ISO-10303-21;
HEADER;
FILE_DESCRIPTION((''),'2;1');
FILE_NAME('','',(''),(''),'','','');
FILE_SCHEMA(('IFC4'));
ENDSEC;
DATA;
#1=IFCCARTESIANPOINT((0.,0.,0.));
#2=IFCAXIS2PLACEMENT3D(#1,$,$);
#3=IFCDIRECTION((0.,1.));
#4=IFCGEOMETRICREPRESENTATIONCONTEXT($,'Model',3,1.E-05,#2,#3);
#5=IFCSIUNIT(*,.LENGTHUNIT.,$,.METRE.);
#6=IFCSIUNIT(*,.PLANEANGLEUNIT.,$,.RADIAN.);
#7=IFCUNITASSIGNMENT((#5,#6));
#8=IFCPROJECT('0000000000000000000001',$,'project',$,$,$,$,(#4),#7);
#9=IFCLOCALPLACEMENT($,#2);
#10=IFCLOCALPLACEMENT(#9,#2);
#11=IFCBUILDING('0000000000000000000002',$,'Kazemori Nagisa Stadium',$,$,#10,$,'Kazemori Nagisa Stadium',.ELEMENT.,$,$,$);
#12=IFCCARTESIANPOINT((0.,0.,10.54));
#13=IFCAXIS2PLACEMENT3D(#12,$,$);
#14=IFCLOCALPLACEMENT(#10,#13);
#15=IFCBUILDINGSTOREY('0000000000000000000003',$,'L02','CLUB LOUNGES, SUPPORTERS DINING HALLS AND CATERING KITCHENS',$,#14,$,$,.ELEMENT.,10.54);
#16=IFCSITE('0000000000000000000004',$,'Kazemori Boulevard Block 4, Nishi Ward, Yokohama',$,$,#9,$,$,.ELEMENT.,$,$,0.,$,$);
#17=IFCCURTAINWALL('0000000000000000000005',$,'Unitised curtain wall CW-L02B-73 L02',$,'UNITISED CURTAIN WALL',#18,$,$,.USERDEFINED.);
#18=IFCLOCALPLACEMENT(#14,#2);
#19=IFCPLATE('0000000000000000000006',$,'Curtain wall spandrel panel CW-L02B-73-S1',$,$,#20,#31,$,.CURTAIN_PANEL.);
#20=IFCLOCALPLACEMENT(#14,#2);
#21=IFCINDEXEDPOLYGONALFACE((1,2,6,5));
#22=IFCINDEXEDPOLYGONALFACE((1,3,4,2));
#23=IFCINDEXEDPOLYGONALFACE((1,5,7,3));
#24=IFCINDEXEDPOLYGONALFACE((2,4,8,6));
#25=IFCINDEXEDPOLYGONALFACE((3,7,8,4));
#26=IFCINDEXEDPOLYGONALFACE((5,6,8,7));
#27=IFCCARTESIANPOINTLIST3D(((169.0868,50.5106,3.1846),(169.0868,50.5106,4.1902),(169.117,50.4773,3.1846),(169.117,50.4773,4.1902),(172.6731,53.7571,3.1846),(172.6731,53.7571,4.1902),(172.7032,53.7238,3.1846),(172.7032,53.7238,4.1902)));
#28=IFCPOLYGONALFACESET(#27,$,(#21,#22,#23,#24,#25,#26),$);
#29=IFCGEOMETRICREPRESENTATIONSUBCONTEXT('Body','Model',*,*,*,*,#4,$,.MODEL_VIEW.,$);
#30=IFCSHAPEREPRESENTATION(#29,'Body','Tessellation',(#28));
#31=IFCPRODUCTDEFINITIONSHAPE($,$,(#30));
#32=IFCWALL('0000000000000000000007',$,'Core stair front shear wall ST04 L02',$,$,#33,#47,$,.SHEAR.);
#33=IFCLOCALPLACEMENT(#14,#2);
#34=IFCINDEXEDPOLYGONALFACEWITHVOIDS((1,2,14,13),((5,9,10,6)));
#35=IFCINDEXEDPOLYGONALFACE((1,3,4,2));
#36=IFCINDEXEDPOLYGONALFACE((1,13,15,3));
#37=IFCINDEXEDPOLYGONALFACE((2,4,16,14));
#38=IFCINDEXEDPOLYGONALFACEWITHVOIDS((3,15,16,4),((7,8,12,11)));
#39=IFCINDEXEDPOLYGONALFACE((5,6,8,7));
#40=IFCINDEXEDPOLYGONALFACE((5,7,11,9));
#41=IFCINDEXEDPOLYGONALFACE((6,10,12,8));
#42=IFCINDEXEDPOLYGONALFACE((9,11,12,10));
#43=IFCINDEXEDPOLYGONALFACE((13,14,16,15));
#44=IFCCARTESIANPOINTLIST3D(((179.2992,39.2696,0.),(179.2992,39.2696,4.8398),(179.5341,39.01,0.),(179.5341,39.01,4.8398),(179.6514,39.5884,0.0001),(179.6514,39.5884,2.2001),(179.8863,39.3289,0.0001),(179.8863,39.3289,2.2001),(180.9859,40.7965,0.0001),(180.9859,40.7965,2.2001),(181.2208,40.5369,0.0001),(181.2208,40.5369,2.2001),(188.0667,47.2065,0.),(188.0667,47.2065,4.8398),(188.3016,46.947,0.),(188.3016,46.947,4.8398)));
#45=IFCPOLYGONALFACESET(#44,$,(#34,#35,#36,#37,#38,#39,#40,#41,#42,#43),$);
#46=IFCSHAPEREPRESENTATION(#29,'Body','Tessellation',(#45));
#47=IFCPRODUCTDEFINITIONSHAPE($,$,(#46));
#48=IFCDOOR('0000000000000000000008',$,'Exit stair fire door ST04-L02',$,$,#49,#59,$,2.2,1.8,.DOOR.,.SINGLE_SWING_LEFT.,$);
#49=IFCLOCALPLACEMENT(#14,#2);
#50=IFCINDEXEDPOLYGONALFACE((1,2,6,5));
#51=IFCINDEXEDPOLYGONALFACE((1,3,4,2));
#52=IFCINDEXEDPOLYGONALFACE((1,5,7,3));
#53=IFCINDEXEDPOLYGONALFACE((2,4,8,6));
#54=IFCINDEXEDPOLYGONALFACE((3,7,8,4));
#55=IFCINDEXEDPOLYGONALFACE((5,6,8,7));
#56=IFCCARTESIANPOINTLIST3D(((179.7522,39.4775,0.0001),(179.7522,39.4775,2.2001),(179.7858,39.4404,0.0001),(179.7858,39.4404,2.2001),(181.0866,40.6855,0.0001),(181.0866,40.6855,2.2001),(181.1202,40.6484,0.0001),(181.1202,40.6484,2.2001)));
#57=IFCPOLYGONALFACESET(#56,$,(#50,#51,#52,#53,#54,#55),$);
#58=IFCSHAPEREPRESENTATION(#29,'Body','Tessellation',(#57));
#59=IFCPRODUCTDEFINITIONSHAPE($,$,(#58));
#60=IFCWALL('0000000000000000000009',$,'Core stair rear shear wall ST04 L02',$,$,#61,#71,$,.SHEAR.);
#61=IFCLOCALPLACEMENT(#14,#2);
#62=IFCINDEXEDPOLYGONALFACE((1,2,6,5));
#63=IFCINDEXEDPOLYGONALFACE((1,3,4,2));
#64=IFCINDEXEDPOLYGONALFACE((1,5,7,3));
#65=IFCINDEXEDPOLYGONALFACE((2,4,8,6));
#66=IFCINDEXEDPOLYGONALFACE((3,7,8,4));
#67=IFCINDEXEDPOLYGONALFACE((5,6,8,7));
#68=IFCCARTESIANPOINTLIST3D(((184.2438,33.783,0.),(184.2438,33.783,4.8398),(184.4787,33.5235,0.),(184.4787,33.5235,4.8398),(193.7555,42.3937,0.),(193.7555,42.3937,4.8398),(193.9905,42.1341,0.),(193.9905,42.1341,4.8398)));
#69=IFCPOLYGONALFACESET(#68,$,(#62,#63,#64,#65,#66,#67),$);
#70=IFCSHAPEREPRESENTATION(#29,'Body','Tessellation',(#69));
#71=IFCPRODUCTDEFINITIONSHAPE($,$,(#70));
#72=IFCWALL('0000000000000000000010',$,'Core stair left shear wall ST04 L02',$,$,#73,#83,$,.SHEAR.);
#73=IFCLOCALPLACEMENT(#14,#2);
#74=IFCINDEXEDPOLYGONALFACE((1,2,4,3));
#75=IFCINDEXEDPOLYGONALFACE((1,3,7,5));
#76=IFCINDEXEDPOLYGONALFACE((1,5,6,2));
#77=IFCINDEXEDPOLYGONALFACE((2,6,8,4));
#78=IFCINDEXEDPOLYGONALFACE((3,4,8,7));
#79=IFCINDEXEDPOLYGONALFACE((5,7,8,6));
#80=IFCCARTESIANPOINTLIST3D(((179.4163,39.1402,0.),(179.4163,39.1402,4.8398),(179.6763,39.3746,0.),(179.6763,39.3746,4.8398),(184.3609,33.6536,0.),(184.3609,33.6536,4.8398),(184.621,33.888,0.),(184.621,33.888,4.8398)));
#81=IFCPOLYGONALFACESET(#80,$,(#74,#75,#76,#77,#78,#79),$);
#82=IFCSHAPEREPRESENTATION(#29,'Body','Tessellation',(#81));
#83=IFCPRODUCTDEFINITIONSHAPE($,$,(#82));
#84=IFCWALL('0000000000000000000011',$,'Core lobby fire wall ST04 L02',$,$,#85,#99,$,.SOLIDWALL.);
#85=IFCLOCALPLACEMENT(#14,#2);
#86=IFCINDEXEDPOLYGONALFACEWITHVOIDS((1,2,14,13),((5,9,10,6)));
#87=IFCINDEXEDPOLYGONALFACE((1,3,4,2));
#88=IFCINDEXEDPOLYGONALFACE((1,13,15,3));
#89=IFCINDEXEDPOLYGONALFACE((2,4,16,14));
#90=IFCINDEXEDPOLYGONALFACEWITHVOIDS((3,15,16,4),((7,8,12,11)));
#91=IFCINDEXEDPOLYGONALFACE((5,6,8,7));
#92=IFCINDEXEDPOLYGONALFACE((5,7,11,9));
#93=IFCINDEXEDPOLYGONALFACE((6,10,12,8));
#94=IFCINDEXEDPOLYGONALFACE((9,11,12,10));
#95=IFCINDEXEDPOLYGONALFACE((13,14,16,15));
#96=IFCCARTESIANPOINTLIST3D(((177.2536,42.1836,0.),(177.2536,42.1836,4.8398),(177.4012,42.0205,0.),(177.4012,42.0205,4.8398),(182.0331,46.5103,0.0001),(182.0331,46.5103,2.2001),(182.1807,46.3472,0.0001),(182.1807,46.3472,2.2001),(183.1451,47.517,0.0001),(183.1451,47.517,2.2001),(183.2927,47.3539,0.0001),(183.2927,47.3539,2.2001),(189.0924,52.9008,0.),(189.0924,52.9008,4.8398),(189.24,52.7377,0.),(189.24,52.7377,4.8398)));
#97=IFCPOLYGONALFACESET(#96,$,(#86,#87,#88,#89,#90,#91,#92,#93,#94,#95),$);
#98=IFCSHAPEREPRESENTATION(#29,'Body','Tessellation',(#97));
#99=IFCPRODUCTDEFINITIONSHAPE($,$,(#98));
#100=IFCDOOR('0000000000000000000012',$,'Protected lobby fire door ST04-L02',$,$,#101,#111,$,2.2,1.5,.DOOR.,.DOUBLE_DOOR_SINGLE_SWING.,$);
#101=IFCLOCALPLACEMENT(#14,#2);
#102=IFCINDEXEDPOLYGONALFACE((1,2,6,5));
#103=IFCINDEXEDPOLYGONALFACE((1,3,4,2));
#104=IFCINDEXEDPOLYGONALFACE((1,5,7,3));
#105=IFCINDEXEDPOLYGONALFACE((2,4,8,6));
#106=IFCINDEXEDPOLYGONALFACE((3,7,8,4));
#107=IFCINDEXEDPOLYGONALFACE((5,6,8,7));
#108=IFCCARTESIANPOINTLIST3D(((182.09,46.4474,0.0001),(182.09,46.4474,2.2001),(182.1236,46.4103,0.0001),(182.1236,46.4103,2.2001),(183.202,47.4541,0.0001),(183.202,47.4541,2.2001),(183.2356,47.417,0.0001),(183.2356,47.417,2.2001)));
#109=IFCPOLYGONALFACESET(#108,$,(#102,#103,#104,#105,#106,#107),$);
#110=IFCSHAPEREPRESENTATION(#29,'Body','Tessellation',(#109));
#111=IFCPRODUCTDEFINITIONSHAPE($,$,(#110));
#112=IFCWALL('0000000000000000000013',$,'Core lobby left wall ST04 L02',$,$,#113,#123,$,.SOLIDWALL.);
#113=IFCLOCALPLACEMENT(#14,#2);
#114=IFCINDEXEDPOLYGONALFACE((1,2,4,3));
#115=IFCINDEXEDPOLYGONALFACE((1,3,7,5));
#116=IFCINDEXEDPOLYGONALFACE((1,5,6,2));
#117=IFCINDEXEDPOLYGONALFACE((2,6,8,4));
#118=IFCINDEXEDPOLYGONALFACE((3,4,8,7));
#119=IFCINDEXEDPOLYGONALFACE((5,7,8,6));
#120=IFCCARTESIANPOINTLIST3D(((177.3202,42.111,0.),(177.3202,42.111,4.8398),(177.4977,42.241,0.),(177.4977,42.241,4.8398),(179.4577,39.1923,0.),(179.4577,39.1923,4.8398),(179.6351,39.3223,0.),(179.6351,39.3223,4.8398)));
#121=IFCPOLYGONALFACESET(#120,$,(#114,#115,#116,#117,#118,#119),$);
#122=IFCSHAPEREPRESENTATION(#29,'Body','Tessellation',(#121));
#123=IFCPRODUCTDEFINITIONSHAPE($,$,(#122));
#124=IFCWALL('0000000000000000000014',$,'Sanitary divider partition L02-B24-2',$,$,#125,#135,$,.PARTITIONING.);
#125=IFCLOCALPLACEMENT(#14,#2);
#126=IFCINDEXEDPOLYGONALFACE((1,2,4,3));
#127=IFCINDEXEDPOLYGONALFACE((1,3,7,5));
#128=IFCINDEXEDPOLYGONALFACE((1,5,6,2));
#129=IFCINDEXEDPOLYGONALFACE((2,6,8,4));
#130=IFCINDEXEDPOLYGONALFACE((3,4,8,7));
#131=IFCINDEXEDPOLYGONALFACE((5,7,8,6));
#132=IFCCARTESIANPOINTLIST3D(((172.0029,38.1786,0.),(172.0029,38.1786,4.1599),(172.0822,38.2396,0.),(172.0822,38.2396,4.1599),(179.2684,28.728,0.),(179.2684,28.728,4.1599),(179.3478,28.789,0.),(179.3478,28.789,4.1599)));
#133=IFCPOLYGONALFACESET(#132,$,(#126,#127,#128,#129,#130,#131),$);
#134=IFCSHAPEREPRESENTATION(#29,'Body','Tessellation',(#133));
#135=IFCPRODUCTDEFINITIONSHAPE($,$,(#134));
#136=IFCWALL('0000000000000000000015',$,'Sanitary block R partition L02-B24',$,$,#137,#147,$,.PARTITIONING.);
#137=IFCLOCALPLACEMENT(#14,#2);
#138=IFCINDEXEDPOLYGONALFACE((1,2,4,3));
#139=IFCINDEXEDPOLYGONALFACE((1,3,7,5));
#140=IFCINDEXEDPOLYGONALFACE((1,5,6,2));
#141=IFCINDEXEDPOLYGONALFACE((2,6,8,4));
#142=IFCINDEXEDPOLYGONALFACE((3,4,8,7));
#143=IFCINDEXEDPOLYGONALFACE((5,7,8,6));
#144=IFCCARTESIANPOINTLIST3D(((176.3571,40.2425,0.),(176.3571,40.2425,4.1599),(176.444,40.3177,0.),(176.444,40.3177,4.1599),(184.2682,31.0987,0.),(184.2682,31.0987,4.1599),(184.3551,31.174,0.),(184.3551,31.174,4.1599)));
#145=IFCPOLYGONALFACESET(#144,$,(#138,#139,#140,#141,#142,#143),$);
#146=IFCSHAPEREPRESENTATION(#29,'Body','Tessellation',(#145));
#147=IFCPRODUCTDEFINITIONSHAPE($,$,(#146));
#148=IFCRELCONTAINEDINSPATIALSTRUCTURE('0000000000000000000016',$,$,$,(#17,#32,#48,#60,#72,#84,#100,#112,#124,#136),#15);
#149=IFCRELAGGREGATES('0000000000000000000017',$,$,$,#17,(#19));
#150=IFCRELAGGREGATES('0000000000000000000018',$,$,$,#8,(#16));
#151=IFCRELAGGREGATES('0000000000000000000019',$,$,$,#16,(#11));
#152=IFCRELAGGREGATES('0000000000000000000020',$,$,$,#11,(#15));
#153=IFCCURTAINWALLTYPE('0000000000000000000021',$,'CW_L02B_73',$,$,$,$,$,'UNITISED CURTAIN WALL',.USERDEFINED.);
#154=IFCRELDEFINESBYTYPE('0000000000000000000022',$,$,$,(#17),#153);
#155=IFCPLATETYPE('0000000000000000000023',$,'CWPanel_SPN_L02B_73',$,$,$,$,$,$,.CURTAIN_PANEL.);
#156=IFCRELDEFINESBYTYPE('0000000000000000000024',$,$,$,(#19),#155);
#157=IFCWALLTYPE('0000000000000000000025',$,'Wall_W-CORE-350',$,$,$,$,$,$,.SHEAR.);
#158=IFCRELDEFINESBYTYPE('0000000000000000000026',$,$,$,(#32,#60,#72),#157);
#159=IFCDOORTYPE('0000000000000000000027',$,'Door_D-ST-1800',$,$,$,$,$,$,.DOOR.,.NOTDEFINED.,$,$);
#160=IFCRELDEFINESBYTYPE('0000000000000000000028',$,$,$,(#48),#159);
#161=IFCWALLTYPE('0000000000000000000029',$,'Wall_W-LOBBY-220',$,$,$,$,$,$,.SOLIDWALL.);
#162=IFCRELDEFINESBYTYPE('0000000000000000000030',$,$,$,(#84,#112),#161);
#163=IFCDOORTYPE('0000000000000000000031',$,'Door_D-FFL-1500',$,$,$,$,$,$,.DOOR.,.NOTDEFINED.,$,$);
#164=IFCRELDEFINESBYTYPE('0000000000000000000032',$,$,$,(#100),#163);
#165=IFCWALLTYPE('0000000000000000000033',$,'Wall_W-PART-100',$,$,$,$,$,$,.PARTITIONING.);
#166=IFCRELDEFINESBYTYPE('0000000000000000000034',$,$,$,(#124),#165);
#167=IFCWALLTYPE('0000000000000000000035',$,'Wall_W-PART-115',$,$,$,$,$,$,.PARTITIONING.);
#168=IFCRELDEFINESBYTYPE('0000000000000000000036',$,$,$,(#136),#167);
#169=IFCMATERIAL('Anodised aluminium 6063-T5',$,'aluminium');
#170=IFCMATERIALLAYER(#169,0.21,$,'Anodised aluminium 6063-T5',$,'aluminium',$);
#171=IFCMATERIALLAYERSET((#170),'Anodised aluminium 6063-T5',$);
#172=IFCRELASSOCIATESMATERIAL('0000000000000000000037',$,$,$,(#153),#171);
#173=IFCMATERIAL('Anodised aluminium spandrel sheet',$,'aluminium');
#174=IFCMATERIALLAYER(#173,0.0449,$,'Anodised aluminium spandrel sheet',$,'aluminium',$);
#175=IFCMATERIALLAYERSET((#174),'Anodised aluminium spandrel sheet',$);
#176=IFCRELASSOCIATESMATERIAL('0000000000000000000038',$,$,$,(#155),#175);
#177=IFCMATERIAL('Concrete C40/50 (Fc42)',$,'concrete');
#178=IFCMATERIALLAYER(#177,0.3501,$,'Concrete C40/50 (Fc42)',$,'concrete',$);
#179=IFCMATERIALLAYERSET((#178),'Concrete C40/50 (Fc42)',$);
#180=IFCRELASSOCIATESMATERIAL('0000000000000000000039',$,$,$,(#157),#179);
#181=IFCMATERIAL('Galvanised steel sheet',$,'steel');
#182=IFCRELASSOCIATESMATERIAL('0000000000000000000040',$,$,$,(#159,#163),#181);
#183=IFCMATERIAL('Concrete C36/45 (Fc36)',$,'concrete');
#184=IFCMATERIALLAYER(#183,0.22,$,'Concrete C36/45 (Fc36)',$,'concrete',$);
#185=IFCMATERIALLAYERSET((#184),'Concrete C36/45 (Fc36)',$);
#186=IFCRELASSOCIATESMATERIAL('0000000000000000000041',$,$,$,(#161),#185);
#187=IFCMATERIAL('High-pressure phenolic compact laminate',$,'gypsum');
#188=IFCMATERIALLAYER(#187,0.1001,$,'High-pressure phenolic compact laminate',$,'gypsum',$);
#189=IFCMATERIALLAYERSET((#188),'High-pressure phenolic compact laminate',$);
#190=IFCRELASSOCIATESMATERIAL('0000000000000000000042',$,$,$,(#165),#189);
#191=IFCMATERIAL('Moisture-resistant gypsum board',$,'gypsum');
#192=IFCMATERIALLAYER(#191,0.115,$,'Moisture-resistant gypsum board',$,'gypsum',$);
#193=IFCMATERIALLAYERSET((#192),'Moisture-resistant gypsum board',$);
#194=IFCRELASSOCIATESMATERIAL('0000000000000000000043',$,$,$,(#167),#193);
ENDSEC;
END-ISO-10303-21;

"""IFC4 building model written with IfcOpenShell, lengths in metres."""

from ifc_helpers import new_model, si_unit, direction, frame, frame_2d, origin, origin_2d, place, context, subcontext, project, spatial, rectangle, extrude, material, layer, layer_set, type_object, element, fill, aggregate, save


model = new_model("IFC4")

# Units and contexts
model_context = context("Model", 3, precision=1e-05, world=origin(), true_north=direction((0.0, 1.0)))
body_context = subcontext(model_context, "Body", "Model", "MODEL_VIEW")
ifc_project = project(units=[si_unit("LENGTHUNIT", "METRE"), si_unit("PLANEANGLEUNIT", "RADIAN")], contexts=[model_context])

# Site, building, storey
site_placement = place(None, origin())
site = spatial("IfcSite", under=ifc_project, at=site_placement, Name="Kazemori Boulevard Block 4, Nishi Ward, Yokohama", CompositionType="ELEMENT", RefElevation=0.0)
building_placement = place(site_placement, origin())
building = spatial("IfcBuilding", under=site, at=building_placement, Name="Kazemori Nagisa Stadium", LongName="Kazemori Nagisa Stadium", CompositionType="ELEMENT")
storey_placement = place(building_placement, frame((0.0, 0.0, 10.54)))
storey = spatial("IfcBuildingStorey", under=building, at=storey_placement, Name="L02", Description="CLUB LOUNGES, SUPPORTERS DINING HALLS AND CATERING KITCHENS", CompositionType="ELEMENT", Elevation=10.54)

# Shared definitions
ifc_material_1 = material(Name="Concrete C40/50 (Fc42)", Category="concrete")

# Curtain wall, plate
ifc_material_2 = material(Name="Anodised aluminium 6063-T5", Category="aluminium")
ifc_layer_1 = layer(ifc_material_2, 0.21, Name="Anodised aluminium 6063-T5", Category="aluminium")
ifc_layer_set_1 = layer_set([ifc_layer_1], Name="Anodised aluminium 6063-T5")
curtain_wall_type = type_object("IfcCurtainWallType", Name="CW_L02B_73", ElementType="UNITISED CURTAIN WALL", PredefinedType="USERDEFINED", material=ifc_layer_set_1)
curtain_wall_placement = place(storey_placement, origin())
curtain_wall = element("IfcCurtainWall", 1, at=curtain_wall_placement, inside=storey, type_object=curtain_wall_type, Name="Unitised curtain wall CW-L02B-73 L02", ObjectType="UNITISED CURTAIN WALL", PredefinedType="USERDEFINED")
ifc_material_3 = material(Name="Anodised aluminium spandrel sheet", Category="aluminium")
ifc_layer_2 = layer(ifc_material_3, 0.0449, Name="Anodised aluminium spandrel sheet", Category="aluminium")
ifc_layer_set_2 = layer_set([ifc_layer_2], Name="Anodised aluminium spandrel sheet")
plate_type = type_object("IfcPlateType", Name="CWPanel_SPN_L02B_73", PredefinedType="CURTAIN_PANEL", material=ifc_layer_set_2)
plate_placement = place(storey_placement, frame((170.895, 52.1172, 3.1846), z_axis=(0.0, 0.0, 1.0), x_axis=(0.741351, 0.671118, 0.0)))
plate = element("IfcPlate", 2, at=plate_placement, type_object=plate_type, Name="Curtain wall spandrel panel CW-L02B-73-S1", PredefinedType="CURTAIN_PANEL", context=body_context, shape_type="SweptSolid", body=[
    extrude(rectangle(XDim=4.8374, YDim=0.0449, at=origin_2d()), origin(), (0.0, 0.0, 1.0), 1.0056),
])
aggregate(curtain_wall, [plate])

# Wall, opening, door
ifc_layer_3 = layer(ifc_material_1, 0.3501, Name="Concrete C40/50 (Fc42)", Category="concrete")
ifc_layer_set_3 = layer_set([ifc_layer_3], Name="Concrete C40/50 (Fc42)")
wall_type_1 = type_object("IfcWallType", Name="Wall_W-CORE-350", PredefinedType="SHEAR", material=ifc_layer_set_3)
wall_1_placement = place(storey_placement, frame((179.4167, 39.1399, 0.0), z_axis=(0.0, 0.0, 1.0), x_axis=(0.741349, 0.67112, 0.0)))
wall_1 = element("IfcWall", 3, at=wall_1_placement, inside=storey, type_object=wall_type_1, Name="Core stair front shear wall ST04 L02", PredefinedType="SHEAR", context=body_context, shape_type="SweptSolid", body=[
    extrude(rectangle(XDim=11.8264, YDim=0.3501, at=frame_2d((5.9131, 0.0))), origin(), (0.0, 0.0, 1.0), 4.8398),
])
opening_1_placement = place(wall_1_placement, frame((0.4751, 0.0, 0.0)))
opening_1 = element("IfcOpeningElement", 4, at=opening_1_placement, cuts=wall_1, PredefinedType="OPENING", context=body_context, shape_type="SweptSolid", body=[
    extrude(rectangle(XDim=1.8, YDim=2.2, at=frame_2d((0.8999, 1.1001))), frame((0.0, 0.1851, 0.0), z_axis=(0.0, -1.0, 0.0), x_axis=(1.0, 0.0, 0.0)), (0.0, 0.0, 1.0), 0.3701),
])
ifc_material_4 = material(Name="Galvanised steel sheet", Category="steel")
door_type_1 = type_object("IfcDoorType", Name="Door_D-ST-1800", OperationType="NOTDEFINED", PredefinedType="DOOR", material=ifc_material_4)
door_1_placement = place(opening_1_placement, frame((1.8, 0.0, 0.0), z_axis=(0.0, 0.0, 1.0), x_axis=(-1.0, 0.0, 0.0)))
door_1 = element("IfcDoor", 5, at=door_1_placement, inside=storey, type_object=door_type_1, Name="Exit stair fire door ST04-L02", OperationType="SINGLE_SWING_LEFT", OverallHeight=2.2, OverallWidth=1.8, PredefinedType="DOOR", context=body_context, shape_type="SweptSolid", body=[
    extrude(rectangle(XDim=1.8, YDim=2.2, at=frame_2d((0.8999, 1.1001))), frame((0.0, 0.0249, 0.0), z_axis=(0.0, -1.0, 0.0), x_axis=(1.0, 0.0, 0.0)), (0.0, 0.0, 1.0), 0.05),
])
fill(opening_1, door_1)

# Walls
wall_2_placement = place(storey_placement, frame((184.3613, 33.6533, 0.0), z_axis=(0.0, 0.0, 1.0), x_axis=(0.741351, 0.671117, 0.0)))
element("IfcWall", 6, at=wall_2_placement, inside=storey, type_object=wall_type_1, Name="Core stair rear shear wall ST04 L02", PredefinedType="SHEAR", context=body_context, shape_type="SweptSolid", body=[
    extrude(rectangle(XDim=12.8303, YDim=0.3501, at=frame_2d((6.415, 0.0))), origin(), (0.0, 0.0, 1.0), 4.8398),
])
wall_3_placement = place(storey_placement, frame((179.5464, 39.2573, 0.0), z_axis=(0.0, 0.0, 1.0), x_axis=(0.669463, -0.742845, 0.0)))
element("IfcWall", 7, at=wall_3_placement, inside=storey, type_object=wall_type_1, Name="Core stair left shear wall ST04 L02", PredefinedType="SHEAR", context=body_context, shape_type="SweptSolid", body=[
    extrude(rectangle(XDim=7.386, YDim=0.3501, at=frame_2d((3.6929, 0.0))), origin(), (0.0, 0.0, 1.0), 4.8398),
])

# Wall, opening, door
ifc_material_5 = material(Name="Concrete C36/45 (Fc36)", Category="concrete")
ifc_layer_4 = layer(ifc_material_5, 0.22, Name="Concrete C36/45 (Fc36)", Category="concrete")
ifc_layer_set_4 = layer_set([ifc_layer_4], Name="Concrete C36/45 (Fc36)")
wall_type_2 = type_object("IfcWallType", Name="Wall_W-LOBBY-220", PredefinedType="SOLIDWALL", material=ifc_layer_set_4)
wall_4_placement = place(storey_placement, frame((177.3274, 42.1021, 0.0), z_axis=(0.0, 0.0, 1.0), x_axis=(0.741351, 0.671117, 0.0)))
wall_4 = element("IfcWall", 8, at=wall_4_placement, inside=storey, type_object=wall_type_2, Name="Core lobby fire wall ST04 L02", PredefinedType="SOLIDWALL", context=body_context, shape_type="SweptSolid", body=[
    extrude(rectangle(XDim=15.9692, YDim=0.22, at=frame_2d((7.9846, 0.0))), origin(), (0.0, 0.0, 1.0), 4.8398),
])
opening_2_placement = place(wall_4_placement, frame((6.447, 0.0, 0.0)))
opening_2 = element("IfcOpeningElement", 9, at=opening_2_placement, cuts=wall_4, PredefinedType="OPENING", context=body_context, shape_type="SweptSolid", body=[
    extrude(rectangle(XDim=1.5, YDim=2.2, at=frame_2d((0.75, 1.1001))), frame((0.0, 0.1199, 0.0), z_axis=(0.0, -1.0, 0.0), x_axis=(1.0, 0.0, 0.0)), (0.0, 0.0, 1.0), 0.24),
])
door_type_2 = type_object("IfcDoorType", Name="Door_D-FFL-1500", OperationType="NOTDEFINED", PredefinedType="DOOR", material=ifc_material_4)
door_2_placement = place(opening_2_placement, frame((1.5, 0.0, 0.0), z_axis=(0.0, 0.0, 1.0), x_axis=(-1.0, 0.0, 0.0)))
door_2 = element("IfcDoor", 10, at=door_2_placement, inside=storey, type_object=door_type_2, Name="Protected lobby fire door ST04-L02", OperationType="DOUBLE_DOOR_SINGLE_SWING", OverallHeight=2.2, OverallWidth=1.5, PredefinedType="DOOR", context=body_context, shape_type="SweptSolid", body=[
    extrude(rectangle(XDim=1.5, YDim=2.2, at=frame_2d((0.75, 1.1001))), frame((0.0, 0.0249, 0.0), z_axis=(0.0, -1.0, 0.0), x_axis=(1.0, 0.0, 0.0)), (0.0, 0.0, 1.0), 0.05),
])
fill(opening_2, door_2)

# Walls
wall_5_placement = place(storey_placement, frame((177.4089, 42.176, 0.0), z_axis=(0.0, 0.0, 1.0), x_axis=(0.590837, -0.806791, 0.0)))
element("IfcWall", 11, at=wall_5_placement, inside=storey, type_object=wall_type_2, Name="Core lobby left wall ST04 L02", PredefinedType="SOLIDWALL", context=body_context, shape_type="SweptSolid", body=[
    extrude(rectangle(XDim=3.6177, YDim=0.22, at=frame_2d((1.8088, 0.0))), origin(), (0.0, 0.0, 1.0), 4.8398),
])
ifc_material_6 = material(Name="High-pressure phenolic compact laminate", Category="gypsum")
ifc_layer_5 = layer(ifc_material_6, 0.1001, Name="High-pressure phenolic compact laminate", Category="gypsum")
ifc_layer_set_5 = layer_set([ifc_layer_5], Name="High-pressure phenolic compact laminate")
wall_type_3 = type_object("IfcWallType", Name="Wall_W-PART-100", PredefinedType="PARTITIONING", material=ifc_layer_set_5)
wall_6_placement = place(storey_placement, frame((172.0425, 38.2092, 0.0), z_axis=(0.0, 0.0, 1.0), x_axis=(0.609493, -0.792791, 0.0)))
element("IfcWall", 12, at=wall_6_placement, inside=storey, type_object=wall_type_3, Name="Sanitary divider partition L02-B24-2", PredefinedType="PARTITIONING", context=body_context, shape_type="SweptSolid", body=[
    extrude(rectangle(XDim=11.9207, YDim=0.1001, at=frame_2d((5.9604, 0.0))), origin(), (0.0, 0.0, 1.0), 4.1599),
])
ifc_material_7 = material(Name="Moisture-resistant gypsum board", Category="gypsum")
ifc_layer_6 = layer(ifc_material_7, 0.115, Name="Moisture-resistant gypsum board", Category="gypsum")
ifc_layer_set_6 = layer_set([ifc_layer_6], Name="Moisture-resistant gypsum board")
wall_type_4 = type_object("IfcWallType", Name="Wall_W-PART-115", PredefinedType="PARTITIONING", material=ifc_layer_set_6)
wall_7_placement = place(storey_placement, frame((176.4006, 40.28, 0.0), z_axis=(0.0, 0.0, 1.0), x_axis=(0.654293, -0.756241, 0.0)))
element("IfcWall", 13, at=wall_7_placement, inside=storey, type_object=wall_type_4, Name="Sanitary block R partition L02-B24", PredefinedType="PARTITIONING", context=body_context, shape_type="SweptSolid", body=[
    extrude(rectangle(XDim=12.0911, YDim=0.115, at=frame_2d((6.0454, 0.0))), origin(), (0.0, 0.0, 1.0), 4.1599),
])

save(model, "model.ifc")
